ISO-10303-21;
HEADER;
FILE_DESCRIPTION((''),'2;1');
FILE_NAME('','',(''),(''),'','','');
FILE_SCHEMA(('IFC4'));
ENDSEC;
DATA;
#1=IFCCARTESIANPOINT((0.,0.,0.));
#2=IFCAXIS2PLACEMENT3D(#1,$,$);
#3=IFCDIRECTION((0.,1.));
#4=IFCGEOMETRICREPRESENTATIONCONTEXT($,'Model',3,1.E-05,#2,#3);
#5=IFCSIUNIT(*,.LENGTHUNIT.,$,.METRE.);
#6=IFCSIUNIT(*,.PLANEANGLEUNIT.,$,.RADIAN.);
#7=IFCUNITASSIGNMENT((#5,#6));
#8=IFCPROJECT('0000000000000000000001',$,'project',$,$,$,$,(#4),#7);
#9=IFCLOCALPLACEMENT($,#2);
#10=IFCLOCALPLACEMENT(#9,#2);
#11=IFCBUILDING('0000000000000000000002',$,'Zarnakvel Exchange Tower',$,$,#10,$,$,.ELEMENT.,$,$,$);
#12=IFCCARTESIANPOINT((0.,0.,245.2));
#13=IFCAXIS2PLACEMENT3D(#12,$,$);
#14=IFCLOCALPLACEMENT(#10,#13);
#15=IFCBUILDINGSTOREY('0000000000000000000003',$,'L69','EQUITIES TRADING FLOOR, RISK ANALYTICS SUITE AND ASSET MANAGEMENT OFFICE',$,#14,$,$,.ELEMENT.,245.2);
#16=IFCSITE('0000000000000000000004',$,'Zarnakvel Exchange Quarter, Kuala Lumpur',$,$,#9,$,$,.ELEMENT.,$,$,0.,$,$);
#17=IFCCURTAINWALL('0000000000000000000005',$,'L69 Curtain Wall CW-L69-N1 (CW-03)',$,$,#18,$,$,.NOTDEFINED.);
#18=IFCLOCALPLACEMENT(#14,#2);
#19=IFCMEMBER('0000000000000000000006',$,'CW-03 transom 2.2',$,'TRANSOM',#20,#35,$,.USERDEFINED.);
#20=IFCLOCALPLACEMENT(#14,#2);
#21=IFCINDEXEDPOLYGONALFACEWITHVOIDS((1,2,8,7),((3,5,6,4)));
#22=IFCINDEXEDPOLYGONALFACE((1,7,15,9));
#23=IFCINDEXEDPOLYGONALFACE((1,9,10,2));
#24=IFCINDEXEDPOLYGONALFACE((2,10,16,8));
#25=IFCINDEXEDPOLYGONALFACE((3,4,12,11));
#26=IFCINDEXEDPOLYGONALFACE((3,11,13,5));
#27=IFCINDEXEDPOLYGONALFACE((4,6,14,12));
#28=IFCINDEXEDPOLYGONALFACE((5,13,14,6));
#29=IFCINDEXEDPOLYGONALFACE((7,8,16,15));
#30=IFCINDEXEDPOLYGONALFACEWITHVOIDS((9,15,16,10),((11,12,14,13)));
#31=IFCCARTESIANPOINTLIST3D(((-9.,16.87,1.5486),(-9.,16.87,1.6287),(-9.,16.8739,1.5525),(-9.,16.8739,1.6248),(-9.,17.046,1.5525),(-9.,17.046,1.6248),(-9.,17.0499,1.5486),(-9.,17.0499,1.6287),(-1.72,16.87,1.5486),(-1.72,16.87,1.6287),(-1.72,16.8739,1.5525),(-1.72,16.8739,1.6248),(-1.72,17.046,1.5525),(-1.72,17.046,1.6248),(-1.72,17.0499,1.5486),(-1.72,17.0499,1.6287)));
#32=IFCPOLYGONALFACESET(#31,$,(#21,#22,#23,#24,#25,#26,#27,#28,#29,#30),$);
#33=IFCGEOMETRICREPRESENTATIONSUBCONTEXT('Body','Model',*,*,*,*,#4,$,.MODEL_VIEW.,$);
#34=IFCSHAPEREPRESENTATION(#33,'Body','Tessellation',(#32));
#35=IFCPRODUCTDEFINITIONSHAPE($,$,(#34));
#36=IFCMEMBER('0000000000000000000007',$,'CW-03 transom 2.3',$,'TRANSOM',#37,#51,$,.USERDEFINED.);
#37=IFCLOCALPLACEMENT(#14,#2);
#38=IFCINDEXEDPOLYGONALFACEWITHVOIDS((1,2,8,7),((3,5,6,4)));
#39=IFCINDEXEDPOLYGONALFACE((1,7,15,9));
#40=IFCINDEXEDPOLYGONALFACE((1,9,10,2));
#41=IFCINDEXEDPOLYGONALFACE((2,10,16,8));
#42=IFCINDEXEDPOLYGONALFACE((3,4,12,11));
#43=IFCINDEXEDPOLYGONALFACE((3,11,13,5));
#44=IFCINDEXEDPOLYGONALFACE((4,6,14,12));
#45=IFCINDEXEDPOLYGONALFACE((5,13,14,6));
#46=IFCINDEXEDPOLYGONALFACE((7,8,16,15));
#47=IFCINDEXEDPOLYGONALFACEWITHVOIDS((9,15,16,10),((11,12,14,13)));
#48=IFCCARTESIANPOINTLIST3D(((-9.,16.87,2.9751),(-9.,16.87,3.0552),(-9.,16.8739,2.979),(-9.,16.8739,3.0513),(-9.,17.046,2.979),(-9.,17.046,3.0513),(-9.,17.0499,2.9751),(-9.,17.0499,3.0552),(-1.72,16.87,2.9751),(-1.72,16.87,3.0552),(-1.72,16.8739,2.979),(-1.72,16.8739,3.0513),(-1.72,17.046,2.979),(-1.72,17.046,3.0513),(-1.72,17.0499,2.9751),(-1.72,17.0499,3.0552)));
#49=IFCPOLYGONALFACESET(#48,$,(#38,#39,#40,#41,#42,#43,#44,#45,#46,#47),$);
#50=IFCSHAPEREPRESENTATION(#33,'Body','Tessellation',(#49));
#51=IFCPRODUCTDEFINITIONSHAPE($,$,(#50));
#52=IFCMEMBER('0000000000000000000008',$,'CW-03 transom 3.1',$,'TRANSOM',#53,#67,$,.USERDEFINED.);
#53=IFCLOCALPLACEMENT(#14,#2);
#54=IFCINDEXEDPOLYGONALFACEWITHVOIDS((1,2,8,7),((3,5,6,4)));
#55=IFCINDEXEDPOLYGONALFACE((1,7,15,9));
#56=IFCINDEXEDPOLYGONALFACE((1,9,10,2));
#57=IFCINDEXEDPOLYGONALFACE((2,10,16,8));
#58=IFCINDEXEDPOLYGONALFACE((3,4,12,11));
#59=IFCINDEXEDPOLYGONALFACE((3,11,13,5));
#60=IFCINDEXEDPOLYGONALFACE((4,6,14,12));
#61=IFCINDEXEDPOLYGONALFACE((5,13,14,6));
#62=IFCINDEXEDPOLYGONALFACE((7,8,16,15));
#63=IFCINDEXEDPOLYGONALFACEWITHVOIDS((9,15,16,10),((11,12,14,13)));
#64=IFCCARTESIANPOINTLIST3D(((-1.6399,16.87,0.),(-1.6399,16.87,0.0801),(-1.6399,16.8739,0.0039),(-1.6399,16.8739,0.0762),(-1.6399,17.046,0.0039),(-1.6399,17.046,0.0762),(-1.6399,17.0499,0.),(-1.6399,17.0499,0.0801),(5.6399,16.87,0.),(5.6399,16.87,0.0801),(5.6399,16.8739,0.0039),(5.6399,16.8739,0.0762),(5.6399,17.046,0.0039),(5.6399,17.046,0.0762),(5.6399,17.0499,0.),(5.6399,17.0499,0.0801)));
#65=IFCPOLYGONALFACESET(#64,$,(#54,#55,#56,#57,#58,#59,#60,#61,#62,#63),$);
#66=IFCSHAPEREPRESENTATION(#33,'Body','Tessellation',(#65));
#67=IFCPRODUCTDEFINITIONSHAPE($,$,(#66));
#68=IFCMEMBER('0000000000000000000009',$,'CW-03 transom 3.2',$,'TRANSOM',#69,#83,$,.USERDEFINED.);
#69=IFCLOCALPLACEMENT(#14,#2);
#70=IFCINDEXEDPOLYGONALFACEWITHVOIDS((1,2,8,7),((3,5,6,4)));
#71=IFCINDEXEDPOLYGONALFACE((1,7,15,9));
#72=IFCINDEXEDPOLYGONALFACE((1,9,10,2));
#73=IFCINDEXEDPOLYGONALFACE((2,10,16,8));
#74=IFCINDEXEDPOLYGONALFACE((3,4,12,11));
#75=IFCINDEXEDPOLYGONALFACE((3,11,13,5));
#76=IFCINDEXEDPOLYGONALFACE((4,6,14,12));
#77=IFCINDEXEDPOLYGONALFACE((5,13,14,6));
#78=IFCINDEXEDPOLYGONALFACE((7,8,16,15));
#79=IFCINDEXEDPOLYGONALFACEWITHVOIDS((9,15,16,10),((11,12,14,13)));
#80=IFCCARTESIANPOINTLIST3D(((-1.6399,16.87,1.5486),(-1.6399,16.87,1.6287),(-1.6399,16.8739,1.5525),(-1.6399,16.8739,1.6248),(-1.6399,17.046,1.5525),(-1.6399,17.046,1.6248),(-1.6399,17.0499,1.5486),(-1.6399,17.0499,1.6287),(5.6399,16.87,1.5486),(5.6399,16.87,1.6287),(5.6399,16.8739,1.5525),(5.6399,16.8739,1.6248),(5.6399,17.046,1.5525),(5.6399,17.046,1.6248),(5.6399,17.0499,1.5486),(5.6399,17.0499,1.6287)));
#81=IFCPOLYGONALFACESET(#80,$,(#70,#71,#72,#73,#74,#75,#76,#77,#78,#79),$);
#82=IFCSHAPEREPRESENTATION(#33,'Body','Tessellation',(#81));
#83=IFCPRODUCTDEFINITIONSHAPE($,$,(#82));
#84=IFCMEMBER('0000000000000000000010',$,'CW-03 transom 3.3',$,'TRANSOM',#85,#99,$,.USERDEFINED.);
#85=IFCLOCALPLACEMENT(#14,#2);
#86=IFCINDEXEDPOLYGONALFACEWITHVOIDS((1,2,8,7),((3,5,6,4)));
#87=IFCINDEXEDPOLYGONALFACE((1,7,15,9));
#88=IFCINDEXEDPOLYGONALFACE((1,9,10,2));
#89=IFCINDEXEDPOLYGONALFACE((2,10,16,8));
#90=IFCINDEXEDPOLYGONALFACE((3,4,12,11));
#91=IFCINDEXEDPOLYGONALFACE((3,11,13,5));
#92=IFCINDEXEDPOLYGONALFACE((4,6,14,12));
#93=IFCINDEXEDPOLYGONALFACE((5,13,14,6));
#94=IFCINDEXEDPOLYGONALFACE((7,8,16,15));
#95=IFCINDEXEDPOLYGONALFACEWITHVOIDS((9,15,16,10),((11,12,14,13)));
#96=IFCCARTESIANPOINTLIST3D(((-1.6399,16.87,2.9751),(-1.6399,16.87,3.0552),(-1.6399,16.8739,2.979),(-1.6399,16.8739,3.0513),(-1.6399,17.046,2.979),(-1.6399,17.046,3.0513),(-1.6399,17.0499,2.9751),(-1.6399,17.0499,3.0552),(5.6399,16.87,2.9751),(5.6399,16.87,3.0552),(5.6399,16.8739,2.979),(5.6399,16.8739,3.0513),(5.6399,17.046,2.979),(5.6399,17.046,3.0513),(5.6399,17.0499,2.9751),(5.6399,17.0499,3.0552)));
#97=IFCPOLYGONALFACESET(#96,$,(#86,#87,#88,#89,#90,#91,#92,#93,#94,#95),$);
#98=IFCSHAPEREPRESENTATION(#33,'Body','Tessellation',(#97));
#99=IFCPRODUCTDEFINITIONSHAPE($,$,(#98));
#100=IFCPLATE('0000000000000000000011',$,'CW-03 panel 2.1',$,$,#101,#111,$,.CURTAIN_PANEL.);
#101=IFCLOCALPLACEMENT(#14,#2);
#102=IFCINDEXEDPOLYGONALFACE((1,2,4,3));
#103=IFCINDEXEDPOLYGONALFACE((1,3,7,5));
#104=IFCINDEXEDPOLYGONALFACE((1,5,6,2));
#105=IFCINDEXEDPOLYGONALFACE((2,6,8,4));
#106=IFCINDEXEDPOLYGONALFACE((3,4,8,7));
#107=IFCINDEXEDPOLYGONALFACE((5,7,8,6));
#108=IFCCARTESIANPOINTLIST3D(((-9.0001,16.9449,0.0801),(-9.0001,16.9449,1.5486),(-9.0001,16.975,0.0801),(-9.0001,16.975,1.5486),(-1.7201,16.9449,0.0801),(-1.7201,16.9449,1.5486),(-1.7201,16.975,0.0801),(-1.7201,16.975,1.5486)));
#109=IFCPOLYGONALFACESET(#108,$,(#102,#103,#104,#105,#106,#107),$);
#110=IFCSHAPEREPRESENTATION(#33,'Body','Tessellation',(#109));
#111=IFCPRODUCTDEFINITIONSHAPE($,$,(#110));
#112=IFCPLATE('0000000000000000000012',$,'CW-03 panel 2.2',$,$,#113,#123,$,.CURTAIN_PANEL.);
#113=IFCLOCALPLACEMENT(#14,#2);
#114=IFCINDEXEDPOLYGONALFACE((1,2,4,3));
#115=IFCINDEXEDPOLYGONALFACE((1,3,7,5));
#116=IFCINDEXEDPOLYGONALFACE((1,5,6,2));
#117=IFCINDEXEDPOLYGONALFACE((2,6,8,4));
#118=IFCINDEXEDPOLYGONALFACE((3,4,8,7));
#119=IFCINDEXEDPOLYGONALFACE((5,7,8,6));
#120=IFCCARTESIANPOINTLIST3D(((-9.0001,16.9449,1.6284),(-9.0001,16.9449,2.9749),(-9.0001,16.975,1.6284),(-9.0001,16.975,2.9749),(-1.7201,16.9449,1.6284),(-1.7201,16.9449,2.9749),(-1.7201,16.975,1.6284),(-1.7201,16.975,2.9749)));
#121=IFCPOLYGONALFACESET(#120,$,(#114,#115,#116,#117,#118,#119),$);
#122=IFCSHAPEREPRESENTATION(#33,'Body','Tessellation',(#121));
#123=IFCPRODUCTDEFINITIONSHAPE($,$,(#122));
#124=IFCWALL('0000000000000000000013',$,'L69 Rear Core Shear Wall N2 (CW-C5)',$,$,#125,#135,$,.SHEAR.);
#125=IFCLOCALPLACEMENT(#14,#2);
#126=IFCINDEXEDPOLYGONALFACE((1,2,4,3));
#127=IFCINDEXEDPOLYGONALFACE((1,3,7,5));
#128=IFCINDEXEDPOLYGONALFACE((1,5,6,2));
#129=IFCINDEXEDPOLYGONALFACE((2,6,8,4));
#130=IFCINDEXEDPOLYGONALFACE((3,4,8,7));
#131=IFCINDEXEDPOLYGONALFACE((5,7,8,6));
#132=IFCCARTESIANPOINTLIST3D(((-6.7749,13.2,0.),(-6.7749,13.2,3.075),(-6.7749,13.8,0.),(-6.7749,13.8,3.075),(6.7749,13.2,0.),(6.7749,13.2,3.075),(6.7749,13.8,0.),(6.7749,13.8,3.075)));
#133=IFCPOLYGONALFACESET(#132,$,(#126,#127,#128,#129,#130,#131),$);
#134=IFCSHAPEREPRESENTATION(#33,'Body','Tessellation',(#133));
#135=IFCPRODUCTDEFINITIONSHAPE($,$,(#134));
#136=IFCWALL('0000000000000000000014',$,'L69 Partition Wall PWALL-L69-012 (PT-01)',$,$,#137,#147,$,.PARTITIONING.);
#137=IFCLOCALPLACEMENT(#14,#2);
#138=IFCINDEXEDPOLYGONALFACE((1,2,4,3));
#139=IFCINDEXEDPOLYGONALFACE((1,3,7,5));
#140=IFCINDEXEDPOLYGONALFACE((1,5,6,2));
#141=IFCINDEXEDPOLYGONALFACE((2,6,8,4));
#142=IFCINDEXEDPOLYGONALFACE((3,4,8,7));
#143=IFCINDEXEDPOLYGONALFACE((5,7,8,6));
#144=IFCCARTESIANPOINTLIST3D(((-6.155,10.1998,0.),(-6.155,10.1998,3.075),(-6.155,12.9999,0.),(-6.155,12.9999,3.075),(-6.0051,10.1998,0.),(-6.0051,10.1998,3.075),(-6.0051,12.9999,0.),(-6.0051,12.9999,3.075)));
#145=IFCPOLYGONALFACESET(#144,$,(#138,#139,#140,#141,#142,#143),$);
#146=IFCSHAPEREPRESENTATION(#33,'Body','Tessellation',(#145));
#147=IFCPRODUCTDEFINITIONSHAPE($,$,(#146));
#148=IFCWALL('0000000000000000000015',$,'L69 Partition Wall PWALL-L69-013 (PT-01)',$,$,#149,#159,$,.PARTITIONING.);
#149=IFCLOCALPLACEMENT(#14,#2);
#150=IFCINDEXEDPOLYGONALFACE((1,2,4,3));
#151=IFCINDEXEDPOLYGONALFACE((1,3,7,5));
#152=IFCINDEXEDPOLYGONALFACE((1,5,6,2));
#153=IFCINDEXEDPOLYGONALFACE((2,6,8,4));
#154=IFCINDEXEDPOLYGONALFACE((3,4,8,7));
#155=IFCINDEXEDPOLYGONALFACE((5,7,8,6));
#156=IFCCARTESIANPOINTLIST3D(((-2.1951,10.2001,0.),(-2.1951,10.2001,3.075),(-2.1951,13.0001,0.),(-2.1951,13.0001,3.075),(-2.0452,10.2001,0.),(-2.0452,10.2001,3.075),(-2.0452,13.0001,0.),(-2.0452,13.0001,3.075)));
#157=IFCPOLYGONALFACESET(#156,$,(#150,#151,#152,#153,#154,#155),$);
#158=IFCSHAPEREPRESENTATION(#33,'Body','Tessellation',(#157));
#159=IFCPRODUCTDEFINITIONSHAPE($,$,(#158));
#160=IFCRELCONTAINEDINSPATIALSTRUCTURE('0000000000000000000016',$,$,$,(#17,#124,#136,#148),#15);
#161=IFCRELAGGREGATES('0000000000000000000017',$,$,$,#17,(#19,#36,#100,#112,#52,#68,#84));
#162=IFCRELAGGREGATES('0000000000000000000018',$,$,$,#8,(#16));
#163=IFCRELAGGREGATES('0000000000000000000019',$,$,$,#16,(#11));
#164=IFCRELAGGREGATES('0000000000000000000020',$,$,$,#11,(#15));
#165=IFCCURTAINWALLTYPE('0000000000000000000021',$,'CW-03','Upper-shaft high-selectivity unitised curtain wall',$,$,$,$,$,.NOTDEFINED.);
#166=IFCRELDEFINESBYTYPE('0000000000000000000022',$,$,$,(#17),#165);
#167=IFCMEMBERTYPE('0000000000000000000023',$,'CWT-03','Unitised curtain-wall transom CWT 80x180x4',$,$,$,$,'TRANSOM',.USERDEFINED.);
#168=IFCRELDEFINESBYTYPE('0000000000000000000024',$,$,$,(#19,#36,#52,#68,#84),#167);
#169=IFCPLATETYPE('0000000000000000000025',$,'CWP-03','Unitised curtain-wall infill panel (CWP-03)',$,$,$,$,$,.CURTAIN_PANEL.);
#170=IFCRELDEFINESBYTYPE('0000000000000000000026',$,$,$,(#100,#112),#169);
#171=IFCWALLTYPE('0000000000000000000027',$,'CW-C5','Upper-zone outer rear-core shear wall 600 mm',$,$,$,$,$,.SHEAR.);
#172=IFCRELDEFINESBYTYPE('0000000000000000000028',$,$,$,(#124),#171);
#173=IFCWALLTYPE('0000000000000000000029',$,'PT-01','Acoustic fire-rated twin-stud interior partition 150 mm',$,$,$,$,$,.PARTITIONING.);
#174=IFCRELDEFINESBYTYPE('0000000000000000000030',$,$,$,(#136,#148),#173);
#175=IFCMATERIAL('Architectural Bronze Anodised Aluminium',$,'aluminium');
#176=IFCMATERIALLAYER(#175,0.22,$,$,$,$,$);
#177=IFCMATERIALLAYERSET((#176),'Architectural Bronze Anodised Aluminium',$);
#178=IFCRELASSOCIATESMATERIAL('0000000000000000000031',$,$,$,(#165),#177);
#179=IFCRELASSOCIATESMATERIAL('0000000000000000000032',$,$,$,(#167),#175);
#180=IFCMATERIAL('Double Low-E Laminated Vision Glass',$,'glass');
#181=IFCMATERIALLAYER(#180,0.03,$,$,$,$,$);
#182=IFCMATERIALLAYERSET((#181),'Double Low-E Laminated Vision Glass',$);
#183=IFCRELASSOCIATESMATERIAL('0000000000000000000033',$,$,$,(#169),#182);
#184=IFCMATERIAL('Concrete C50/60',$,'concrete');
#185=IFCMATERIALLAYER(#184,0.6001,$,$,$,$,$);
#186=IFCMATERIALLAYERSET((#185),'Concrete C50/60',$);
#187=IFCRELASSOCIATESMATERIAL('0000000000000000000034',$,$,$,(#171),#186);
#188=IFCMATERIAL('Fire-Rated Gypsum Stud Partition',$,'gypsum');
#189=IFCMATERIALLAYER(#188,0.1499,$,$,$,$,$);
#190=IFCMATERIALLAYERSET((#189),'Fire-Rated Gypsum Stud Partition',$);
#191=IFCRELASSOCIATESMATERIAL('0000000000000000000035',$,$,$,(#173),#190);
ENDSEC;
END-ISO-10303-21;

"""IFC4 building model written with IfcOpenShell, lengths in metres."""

from ifc_helpers import new_model, si_unit, direction, frame, frame_2d, origin, origin_2d, place, context, subcontext, project, spatial, rectangle, hollow_rectangle, extrude, source, transform, mapped, material, layer, layer_set, material_profile, profile_set, type_object, element, aggregate, save


model = new_model("IFC4")

# Units and contexts
model_context = context("Model", 3, precision=1e-05, world=origin(), true_north=direction((0.0, 1.0)))
body_context = subcontext(model_context, "Body", "Model", "MODEL_VIEW")
ifc_project = project(units=[si_unit("LENGTHUNIT", "METRE"), si_unit("PLANEANGLEUNIT", "RADIAN")], contexts=[model_context])

# Site, building, storey
site_placement = place(None, origin())
site = spatial("IfcSite", under=ifc_project, at=site_placement, Name="Zarnakvel Exchange Quarter, Kuala Lumpur", CompositionType="ELEMENT", RefElevation=0.0)
building_placement = place(site_placement, origin())
building = spatial("IfcBuilding", under=site, at=building_placement, Name="Zarnakvel Exchange Tower", CompositionType="ELEMENT")
storey_placement = place(building_placement, frame((0.0, 0.0, 245.2)))
storey = spatial("IfcBuildingStorey", under=building, at=storey_placement, Name="L69", Description="EQUITIES TRADING FLOOR, RISK ANALYTICS SUITE AND ASSET MANAGEMENT OFFICE", CompositionType="ELEMENT", Elevation=245.2)

# Shared definitions
ifc_material_1 = material(Name="Concrete C50/60", Category="concrete")

# Curtain wall, members, plates
ifc_material_2 = material(Name="Architectural Bronze Anodised Aluminium", Category="aluminium")
ifc_layer_1 = layer(ifc_material_2, 0.22)
ifc_layer_set_1 = layer_set([ifc_layer_1], Name="Architectural Bronze Anodised Aluminium")
curtain_wall_type = type_object("IfcCurtainWallType", Name="CW-03", Description="Upper-shaft high-selectivity unitised curtain wall", PredefinedType="NOTDEFINED", material=ifc_layer_set_1)
curtain_wall_placement = place(storey_placement, origin())
curtain_wall = element("IfcCurtainWall", 1, at=curtain_wall_placement, inside=storey, type_object=curtain_wall_type, Name="L69 Curtain Wall CW-L69-N1 (CW-03)", PredefinedType="NOTDEFINED")
ifc_material_profile_1 = material_profile(ifc_material_2, hollow_rectangle(XDim=0.1799, YDim=0.0801, WallThickness=0.0039, at=origin_2d()))
ifc_profile_set_1 = profile_set([ifc_material_profile_1], Name="Architectural Bronze Anodised Aluminium")
member_type_1 = type_object("IfcMemberType", Name="CWT-03", Description="Unitised curtain-wall transom CWT 80x180x4", ElementType="TRANSOM", PredefinedType="USERDEFINED", material=ifc_profile_set_1)
shared_shape_1 = source(origin(), body_context, "Body", "SweptSolid", [
    extrude(hollow_rectangle(XDim=0.1799, YDim=0.0801, WallThickness=0.0039, at=origin_2d()), origin(), (0.0, 0.0, 1.0), 7.28),
])
member_1_placement = place(storey_placement, frame((-9.0, 16.96, 1.5886), z_axis=(1.0, 0.0, 0.0), x_axis=(0.0, 1.0, 0.0)))
member_1 = element("IfcMember", 2, at=member_1_placement, type_object=member_type_1, Name="CW-03 transom 2.2", ObjectType="TRANSOM", PredefinedType="USERDEFINED", context=body_context, shape_type="MappedRepresentation", body=[
    mapped(shared_shape_1, transform((0.0, 0.0, 0.0), x_axis=(1.0, 0.0, 0.0), y_axis=(0.0, 1.0, 0.0), z_axis=(0.0, 0.0, 1.0), scale=1.0)),
])
member_2_placement = place(storey_placement, frame((-9.0, 16.96, 3.0151), z_axis=(1.0, 0.0, 0.0), x_axis=(0.0, 1.0, 0.0)))
member_2 = element("IfcMember", 3, at=member_2_placement, type_object=member_type_1, Name="CW-03 transom 2.3", ObjectType="TRANSOM", PredefinedType="USERDEFINED", context=body_context, shape_type="MappedRepresentation", body=[
    mapped(shared_shape_1, transform((0.0, 0.0, 0.0), x_axis=(1.0, 0.0, 0.0), y_axis=(0.0, 1.0, 0.0), z_axis=(0.0, 0.0, 1.0), scale=1.0)),
])
shared_shape_2 = source(origin(), body_context, "Body", "SweptSolid", [
    extrude(hollow_rectangle(XDim=0.1799, YDim=0.0801, WallThickness=0.0039, at=origin_2d()), origin(), (0.0, 0.0, 1.0), 7.2798),
])
member_3_placement = place(storey_placement, frame((-1.6399, 16.96, 0.04), z_axis=(1.0, 0.0, 0.0), x_axis=(0.0, 1.0, 0.0)))
member_3 = element("IfcMember", 4, at=member_3_placement, type_object=member_type_1, Name="CW-03 transom 3.1", ObjectType="TRANSOM", PredefinedType="USERDEFINED", context=body_context, shape_type="MappedRepresentation", body=[
    mapped(shared_shape_2, transform((0.0, 0.0, 0.0), x_axis=(1.0, 0.0, 0.0), y_axis=(0.0, 1.0, 0.0), z_axis=(0.0, 0.0, 1.0), scale=1.0)),
])
member_4_placement = place(storey_placement, frame((-1.6399, 16.96, 1.5886), z_axis=(1.0, 0.0, 0.0), x_axis=(0.0, 1.0, 0.0)))
member_4 = element("IfcMember", 5, at=member_4_placement, type_object=member_type_1, Name="CW-03 transom 3.2", ObjectType="TRANSOM", PredefinedType="USERDEFINED", context=body_context, shape_type="MappedRepresentation", body=[
    mapped(shared_shape_2, transform((0.0, 0.0, 0.0), x_axis=(1.0, 0.0, 0.0), y_axis=(0.0, 1.0, 0.0), z_axis=(0.0, 0.0, 1.0), scale=1.0)),
])
member_5_placement = place(storey_placement, frame((-1.6399, 16.96, 3.0151), z_axis=(1.0, 0.0, 0.0), x_axis=(0.0, 1.0, 0.0)))
member_5 = element("IfcMember", 6, at=member_5_placement, type_object=member_type_1, Name="CW-03 transom 3.3", ObjectType="TRANSOM", PredefinedType="USERDEFINED", context=body_context, shape_type="MappedRepresentation", body=[
    mapped(shared_shape_2, transform((0.0, 0.0, 0.0), x_axis=(1.0, 0.0, 0.0), y_axis=(0.0, 1.0, 0.0), z_axis=(0.0, 0.0, 1.0), scale=1.0)),
])
ifc_material_3 = material(Name="Double Low-E Laminated Vision Glass", Category="glass")
ifc_layer_2 = layer(ifc_material_3, 0.03)
ifc_layer_set_2 = layer_set([ifc_layer_2], Name="Double Low-E Laminated Vision Glass")
plate_type = type_object("IfcPlateType", Name="CWP-03", Description="Unitised curtain-wall infill panel (CWP-03)", PredefinedType="CURTAIN_PANEL", material=ifc_layer_set_2)
shared_shape_3 = source(origin(), body_context, "Body", "SweptSolid", [
    extrude(rectangle(XDim=7.28, YDim=0.03, at=origin_2d()), origin(), (0.0, 0.0, 1.0), 1.4685),
])
plate_1_placement = place(storey_placement, frame((-5.3601, 16.96, 0.0801), z_axis=(0.0, 0.0, 1.0), x_axis=(1.0, 0.0, 0.0)))
plate_1 = element("IfcPlate", 7, at=plate_1_placement, type_object=plate_type, Name="CW-03 panel 2.1", PredefinedType="CURTAIN_PANEL", context=body_context, shape_type="MappedRepresentation", body=[
    mapped(shared_shape_3, transform((0.0, 0.0, 0.0), x_axis=(1.0, 0.0, 0.0), y_axis=(0.0, 1.0, 0.0), z_axis=(0.0, 0.0, 1.0), scale=1.0)),
])
shared_shape_4 = source(origin(), body_context, "Body", "SweptSolid", [
    extrude(rectangle(XDim=7.28, YDim=0.03, at=origin_2d()), origin(), (0.0, 0.0, 1.0), 1.3464),
])
plate_2_placement = place(storey_placement, frame((-5.3601, 16.96, 1.6284), z_axis=(0.0, 0.0, 1.0), x_axis=(1.0, 0.0, 0.0)))
plate_2 = element("IfcPlate", 8, at=plate_2_placement, type_object=plate_type, Name="CW-03 panel 2.2", PredefinedType="CURTAIN_PANEL", context=body_context, shape_type="MappedRepresentation", body=[
    mapped(shared_shape_4, transform((0.0, 0.0, 0.0), x_axis=(1.0, 0.0, 0.0), y_axis=(0.0, 1.0, 0.0), z_axis=(0.0, 0.0, 1.0), scale=1.0)),
])
aggregate(curtain_wall, [member_1, member_2, plate_1, plate_2, member_3, member_4, member_5])

# Wall
ifc_layer_3 = layer(ifc_material_1, 0.6001)
ifc_layer_set_3 = layer_set([ifc_layer_3], Name="Concrete C50/60")
wall_type_1 = type_object("IfcWallType", Name="CW-C5", Description="Upper-zone outer rear-core shear wall 600 mm", PredefinedType="SHEAR", material=ifc_layer_set_3)
wall_1_placement = place(storey_placement, frame((-6.7749, 13.5, 0.0), z_axis=(0.0, 0.0, 1.0), x_axis=(1.0, 0.0, 0.0)))
element("IfcWall", 9, at=wall_1_placement, inside=storey, type_object=wall_type_1, Name="L69 Rear Core Shear Wall N2 (CW-C5)", PredefinedType="SHEAR", context=body_context, shape_type="SweptSolid", body=[
    extrude(rectangle(XDim=13.5498, YDim=0.6001, at=frame_2d((6.7749, 0.0))), origin(), (0.0, 0.0, 1.0), 3.075),
])

# Shared definitions
ifc_material_4 = material(Name="Fire-Rated Gypsum Stud Partition", Category="gypsum")
ifc_layer_4 = layer(ifc_material_4, 0.1499)
ifc_layer_set_4 = layer_set([ifc_layer_4], Name="Fire-Rated Gypsum Stud Partition")
wall_type_2 = type_object("IfcWallType", Name="PT-01", Description="Acoustic fire-rated twin-stud interior partition 150 mm", PredefinedType="PARTITIONING", material=ifc_layer_set_4)

# Walls
for number, where, z_axis, x_axis, name in (
    (10, (-6.0801, 10.2, 0.0), (0.0, 0.0, 1.0), (0.0, 1.0, 0.0), "L69 Partition Wall PWALL-L69-012 (PT-01)"),
    (11, (-2.1201, 13.0, 0.0), (0.0, 0.0, 1.0), (0.0, -1.0, 0.0), "L69 Partition Wall PWALL-L69-013 (PT-01)"),
):
    element("IfcWall", number, at=place(storey_placement, frame(where, z_axis=z_axis, x_axis=x_axis)), inside=storey, type_object=wall_type_2, Name=name, PredefinedType="PARTITIONING", context=body_context, shape_type="SweptSolid", body=[
        extrude(rectangle(XDim=2.8, YDim=0.1499, at=frame_2d((1.3999, 0.0))), origin(), (0.0, 0.0, 1.0), 3.075),
    ])

save(model, "model.ifc")
